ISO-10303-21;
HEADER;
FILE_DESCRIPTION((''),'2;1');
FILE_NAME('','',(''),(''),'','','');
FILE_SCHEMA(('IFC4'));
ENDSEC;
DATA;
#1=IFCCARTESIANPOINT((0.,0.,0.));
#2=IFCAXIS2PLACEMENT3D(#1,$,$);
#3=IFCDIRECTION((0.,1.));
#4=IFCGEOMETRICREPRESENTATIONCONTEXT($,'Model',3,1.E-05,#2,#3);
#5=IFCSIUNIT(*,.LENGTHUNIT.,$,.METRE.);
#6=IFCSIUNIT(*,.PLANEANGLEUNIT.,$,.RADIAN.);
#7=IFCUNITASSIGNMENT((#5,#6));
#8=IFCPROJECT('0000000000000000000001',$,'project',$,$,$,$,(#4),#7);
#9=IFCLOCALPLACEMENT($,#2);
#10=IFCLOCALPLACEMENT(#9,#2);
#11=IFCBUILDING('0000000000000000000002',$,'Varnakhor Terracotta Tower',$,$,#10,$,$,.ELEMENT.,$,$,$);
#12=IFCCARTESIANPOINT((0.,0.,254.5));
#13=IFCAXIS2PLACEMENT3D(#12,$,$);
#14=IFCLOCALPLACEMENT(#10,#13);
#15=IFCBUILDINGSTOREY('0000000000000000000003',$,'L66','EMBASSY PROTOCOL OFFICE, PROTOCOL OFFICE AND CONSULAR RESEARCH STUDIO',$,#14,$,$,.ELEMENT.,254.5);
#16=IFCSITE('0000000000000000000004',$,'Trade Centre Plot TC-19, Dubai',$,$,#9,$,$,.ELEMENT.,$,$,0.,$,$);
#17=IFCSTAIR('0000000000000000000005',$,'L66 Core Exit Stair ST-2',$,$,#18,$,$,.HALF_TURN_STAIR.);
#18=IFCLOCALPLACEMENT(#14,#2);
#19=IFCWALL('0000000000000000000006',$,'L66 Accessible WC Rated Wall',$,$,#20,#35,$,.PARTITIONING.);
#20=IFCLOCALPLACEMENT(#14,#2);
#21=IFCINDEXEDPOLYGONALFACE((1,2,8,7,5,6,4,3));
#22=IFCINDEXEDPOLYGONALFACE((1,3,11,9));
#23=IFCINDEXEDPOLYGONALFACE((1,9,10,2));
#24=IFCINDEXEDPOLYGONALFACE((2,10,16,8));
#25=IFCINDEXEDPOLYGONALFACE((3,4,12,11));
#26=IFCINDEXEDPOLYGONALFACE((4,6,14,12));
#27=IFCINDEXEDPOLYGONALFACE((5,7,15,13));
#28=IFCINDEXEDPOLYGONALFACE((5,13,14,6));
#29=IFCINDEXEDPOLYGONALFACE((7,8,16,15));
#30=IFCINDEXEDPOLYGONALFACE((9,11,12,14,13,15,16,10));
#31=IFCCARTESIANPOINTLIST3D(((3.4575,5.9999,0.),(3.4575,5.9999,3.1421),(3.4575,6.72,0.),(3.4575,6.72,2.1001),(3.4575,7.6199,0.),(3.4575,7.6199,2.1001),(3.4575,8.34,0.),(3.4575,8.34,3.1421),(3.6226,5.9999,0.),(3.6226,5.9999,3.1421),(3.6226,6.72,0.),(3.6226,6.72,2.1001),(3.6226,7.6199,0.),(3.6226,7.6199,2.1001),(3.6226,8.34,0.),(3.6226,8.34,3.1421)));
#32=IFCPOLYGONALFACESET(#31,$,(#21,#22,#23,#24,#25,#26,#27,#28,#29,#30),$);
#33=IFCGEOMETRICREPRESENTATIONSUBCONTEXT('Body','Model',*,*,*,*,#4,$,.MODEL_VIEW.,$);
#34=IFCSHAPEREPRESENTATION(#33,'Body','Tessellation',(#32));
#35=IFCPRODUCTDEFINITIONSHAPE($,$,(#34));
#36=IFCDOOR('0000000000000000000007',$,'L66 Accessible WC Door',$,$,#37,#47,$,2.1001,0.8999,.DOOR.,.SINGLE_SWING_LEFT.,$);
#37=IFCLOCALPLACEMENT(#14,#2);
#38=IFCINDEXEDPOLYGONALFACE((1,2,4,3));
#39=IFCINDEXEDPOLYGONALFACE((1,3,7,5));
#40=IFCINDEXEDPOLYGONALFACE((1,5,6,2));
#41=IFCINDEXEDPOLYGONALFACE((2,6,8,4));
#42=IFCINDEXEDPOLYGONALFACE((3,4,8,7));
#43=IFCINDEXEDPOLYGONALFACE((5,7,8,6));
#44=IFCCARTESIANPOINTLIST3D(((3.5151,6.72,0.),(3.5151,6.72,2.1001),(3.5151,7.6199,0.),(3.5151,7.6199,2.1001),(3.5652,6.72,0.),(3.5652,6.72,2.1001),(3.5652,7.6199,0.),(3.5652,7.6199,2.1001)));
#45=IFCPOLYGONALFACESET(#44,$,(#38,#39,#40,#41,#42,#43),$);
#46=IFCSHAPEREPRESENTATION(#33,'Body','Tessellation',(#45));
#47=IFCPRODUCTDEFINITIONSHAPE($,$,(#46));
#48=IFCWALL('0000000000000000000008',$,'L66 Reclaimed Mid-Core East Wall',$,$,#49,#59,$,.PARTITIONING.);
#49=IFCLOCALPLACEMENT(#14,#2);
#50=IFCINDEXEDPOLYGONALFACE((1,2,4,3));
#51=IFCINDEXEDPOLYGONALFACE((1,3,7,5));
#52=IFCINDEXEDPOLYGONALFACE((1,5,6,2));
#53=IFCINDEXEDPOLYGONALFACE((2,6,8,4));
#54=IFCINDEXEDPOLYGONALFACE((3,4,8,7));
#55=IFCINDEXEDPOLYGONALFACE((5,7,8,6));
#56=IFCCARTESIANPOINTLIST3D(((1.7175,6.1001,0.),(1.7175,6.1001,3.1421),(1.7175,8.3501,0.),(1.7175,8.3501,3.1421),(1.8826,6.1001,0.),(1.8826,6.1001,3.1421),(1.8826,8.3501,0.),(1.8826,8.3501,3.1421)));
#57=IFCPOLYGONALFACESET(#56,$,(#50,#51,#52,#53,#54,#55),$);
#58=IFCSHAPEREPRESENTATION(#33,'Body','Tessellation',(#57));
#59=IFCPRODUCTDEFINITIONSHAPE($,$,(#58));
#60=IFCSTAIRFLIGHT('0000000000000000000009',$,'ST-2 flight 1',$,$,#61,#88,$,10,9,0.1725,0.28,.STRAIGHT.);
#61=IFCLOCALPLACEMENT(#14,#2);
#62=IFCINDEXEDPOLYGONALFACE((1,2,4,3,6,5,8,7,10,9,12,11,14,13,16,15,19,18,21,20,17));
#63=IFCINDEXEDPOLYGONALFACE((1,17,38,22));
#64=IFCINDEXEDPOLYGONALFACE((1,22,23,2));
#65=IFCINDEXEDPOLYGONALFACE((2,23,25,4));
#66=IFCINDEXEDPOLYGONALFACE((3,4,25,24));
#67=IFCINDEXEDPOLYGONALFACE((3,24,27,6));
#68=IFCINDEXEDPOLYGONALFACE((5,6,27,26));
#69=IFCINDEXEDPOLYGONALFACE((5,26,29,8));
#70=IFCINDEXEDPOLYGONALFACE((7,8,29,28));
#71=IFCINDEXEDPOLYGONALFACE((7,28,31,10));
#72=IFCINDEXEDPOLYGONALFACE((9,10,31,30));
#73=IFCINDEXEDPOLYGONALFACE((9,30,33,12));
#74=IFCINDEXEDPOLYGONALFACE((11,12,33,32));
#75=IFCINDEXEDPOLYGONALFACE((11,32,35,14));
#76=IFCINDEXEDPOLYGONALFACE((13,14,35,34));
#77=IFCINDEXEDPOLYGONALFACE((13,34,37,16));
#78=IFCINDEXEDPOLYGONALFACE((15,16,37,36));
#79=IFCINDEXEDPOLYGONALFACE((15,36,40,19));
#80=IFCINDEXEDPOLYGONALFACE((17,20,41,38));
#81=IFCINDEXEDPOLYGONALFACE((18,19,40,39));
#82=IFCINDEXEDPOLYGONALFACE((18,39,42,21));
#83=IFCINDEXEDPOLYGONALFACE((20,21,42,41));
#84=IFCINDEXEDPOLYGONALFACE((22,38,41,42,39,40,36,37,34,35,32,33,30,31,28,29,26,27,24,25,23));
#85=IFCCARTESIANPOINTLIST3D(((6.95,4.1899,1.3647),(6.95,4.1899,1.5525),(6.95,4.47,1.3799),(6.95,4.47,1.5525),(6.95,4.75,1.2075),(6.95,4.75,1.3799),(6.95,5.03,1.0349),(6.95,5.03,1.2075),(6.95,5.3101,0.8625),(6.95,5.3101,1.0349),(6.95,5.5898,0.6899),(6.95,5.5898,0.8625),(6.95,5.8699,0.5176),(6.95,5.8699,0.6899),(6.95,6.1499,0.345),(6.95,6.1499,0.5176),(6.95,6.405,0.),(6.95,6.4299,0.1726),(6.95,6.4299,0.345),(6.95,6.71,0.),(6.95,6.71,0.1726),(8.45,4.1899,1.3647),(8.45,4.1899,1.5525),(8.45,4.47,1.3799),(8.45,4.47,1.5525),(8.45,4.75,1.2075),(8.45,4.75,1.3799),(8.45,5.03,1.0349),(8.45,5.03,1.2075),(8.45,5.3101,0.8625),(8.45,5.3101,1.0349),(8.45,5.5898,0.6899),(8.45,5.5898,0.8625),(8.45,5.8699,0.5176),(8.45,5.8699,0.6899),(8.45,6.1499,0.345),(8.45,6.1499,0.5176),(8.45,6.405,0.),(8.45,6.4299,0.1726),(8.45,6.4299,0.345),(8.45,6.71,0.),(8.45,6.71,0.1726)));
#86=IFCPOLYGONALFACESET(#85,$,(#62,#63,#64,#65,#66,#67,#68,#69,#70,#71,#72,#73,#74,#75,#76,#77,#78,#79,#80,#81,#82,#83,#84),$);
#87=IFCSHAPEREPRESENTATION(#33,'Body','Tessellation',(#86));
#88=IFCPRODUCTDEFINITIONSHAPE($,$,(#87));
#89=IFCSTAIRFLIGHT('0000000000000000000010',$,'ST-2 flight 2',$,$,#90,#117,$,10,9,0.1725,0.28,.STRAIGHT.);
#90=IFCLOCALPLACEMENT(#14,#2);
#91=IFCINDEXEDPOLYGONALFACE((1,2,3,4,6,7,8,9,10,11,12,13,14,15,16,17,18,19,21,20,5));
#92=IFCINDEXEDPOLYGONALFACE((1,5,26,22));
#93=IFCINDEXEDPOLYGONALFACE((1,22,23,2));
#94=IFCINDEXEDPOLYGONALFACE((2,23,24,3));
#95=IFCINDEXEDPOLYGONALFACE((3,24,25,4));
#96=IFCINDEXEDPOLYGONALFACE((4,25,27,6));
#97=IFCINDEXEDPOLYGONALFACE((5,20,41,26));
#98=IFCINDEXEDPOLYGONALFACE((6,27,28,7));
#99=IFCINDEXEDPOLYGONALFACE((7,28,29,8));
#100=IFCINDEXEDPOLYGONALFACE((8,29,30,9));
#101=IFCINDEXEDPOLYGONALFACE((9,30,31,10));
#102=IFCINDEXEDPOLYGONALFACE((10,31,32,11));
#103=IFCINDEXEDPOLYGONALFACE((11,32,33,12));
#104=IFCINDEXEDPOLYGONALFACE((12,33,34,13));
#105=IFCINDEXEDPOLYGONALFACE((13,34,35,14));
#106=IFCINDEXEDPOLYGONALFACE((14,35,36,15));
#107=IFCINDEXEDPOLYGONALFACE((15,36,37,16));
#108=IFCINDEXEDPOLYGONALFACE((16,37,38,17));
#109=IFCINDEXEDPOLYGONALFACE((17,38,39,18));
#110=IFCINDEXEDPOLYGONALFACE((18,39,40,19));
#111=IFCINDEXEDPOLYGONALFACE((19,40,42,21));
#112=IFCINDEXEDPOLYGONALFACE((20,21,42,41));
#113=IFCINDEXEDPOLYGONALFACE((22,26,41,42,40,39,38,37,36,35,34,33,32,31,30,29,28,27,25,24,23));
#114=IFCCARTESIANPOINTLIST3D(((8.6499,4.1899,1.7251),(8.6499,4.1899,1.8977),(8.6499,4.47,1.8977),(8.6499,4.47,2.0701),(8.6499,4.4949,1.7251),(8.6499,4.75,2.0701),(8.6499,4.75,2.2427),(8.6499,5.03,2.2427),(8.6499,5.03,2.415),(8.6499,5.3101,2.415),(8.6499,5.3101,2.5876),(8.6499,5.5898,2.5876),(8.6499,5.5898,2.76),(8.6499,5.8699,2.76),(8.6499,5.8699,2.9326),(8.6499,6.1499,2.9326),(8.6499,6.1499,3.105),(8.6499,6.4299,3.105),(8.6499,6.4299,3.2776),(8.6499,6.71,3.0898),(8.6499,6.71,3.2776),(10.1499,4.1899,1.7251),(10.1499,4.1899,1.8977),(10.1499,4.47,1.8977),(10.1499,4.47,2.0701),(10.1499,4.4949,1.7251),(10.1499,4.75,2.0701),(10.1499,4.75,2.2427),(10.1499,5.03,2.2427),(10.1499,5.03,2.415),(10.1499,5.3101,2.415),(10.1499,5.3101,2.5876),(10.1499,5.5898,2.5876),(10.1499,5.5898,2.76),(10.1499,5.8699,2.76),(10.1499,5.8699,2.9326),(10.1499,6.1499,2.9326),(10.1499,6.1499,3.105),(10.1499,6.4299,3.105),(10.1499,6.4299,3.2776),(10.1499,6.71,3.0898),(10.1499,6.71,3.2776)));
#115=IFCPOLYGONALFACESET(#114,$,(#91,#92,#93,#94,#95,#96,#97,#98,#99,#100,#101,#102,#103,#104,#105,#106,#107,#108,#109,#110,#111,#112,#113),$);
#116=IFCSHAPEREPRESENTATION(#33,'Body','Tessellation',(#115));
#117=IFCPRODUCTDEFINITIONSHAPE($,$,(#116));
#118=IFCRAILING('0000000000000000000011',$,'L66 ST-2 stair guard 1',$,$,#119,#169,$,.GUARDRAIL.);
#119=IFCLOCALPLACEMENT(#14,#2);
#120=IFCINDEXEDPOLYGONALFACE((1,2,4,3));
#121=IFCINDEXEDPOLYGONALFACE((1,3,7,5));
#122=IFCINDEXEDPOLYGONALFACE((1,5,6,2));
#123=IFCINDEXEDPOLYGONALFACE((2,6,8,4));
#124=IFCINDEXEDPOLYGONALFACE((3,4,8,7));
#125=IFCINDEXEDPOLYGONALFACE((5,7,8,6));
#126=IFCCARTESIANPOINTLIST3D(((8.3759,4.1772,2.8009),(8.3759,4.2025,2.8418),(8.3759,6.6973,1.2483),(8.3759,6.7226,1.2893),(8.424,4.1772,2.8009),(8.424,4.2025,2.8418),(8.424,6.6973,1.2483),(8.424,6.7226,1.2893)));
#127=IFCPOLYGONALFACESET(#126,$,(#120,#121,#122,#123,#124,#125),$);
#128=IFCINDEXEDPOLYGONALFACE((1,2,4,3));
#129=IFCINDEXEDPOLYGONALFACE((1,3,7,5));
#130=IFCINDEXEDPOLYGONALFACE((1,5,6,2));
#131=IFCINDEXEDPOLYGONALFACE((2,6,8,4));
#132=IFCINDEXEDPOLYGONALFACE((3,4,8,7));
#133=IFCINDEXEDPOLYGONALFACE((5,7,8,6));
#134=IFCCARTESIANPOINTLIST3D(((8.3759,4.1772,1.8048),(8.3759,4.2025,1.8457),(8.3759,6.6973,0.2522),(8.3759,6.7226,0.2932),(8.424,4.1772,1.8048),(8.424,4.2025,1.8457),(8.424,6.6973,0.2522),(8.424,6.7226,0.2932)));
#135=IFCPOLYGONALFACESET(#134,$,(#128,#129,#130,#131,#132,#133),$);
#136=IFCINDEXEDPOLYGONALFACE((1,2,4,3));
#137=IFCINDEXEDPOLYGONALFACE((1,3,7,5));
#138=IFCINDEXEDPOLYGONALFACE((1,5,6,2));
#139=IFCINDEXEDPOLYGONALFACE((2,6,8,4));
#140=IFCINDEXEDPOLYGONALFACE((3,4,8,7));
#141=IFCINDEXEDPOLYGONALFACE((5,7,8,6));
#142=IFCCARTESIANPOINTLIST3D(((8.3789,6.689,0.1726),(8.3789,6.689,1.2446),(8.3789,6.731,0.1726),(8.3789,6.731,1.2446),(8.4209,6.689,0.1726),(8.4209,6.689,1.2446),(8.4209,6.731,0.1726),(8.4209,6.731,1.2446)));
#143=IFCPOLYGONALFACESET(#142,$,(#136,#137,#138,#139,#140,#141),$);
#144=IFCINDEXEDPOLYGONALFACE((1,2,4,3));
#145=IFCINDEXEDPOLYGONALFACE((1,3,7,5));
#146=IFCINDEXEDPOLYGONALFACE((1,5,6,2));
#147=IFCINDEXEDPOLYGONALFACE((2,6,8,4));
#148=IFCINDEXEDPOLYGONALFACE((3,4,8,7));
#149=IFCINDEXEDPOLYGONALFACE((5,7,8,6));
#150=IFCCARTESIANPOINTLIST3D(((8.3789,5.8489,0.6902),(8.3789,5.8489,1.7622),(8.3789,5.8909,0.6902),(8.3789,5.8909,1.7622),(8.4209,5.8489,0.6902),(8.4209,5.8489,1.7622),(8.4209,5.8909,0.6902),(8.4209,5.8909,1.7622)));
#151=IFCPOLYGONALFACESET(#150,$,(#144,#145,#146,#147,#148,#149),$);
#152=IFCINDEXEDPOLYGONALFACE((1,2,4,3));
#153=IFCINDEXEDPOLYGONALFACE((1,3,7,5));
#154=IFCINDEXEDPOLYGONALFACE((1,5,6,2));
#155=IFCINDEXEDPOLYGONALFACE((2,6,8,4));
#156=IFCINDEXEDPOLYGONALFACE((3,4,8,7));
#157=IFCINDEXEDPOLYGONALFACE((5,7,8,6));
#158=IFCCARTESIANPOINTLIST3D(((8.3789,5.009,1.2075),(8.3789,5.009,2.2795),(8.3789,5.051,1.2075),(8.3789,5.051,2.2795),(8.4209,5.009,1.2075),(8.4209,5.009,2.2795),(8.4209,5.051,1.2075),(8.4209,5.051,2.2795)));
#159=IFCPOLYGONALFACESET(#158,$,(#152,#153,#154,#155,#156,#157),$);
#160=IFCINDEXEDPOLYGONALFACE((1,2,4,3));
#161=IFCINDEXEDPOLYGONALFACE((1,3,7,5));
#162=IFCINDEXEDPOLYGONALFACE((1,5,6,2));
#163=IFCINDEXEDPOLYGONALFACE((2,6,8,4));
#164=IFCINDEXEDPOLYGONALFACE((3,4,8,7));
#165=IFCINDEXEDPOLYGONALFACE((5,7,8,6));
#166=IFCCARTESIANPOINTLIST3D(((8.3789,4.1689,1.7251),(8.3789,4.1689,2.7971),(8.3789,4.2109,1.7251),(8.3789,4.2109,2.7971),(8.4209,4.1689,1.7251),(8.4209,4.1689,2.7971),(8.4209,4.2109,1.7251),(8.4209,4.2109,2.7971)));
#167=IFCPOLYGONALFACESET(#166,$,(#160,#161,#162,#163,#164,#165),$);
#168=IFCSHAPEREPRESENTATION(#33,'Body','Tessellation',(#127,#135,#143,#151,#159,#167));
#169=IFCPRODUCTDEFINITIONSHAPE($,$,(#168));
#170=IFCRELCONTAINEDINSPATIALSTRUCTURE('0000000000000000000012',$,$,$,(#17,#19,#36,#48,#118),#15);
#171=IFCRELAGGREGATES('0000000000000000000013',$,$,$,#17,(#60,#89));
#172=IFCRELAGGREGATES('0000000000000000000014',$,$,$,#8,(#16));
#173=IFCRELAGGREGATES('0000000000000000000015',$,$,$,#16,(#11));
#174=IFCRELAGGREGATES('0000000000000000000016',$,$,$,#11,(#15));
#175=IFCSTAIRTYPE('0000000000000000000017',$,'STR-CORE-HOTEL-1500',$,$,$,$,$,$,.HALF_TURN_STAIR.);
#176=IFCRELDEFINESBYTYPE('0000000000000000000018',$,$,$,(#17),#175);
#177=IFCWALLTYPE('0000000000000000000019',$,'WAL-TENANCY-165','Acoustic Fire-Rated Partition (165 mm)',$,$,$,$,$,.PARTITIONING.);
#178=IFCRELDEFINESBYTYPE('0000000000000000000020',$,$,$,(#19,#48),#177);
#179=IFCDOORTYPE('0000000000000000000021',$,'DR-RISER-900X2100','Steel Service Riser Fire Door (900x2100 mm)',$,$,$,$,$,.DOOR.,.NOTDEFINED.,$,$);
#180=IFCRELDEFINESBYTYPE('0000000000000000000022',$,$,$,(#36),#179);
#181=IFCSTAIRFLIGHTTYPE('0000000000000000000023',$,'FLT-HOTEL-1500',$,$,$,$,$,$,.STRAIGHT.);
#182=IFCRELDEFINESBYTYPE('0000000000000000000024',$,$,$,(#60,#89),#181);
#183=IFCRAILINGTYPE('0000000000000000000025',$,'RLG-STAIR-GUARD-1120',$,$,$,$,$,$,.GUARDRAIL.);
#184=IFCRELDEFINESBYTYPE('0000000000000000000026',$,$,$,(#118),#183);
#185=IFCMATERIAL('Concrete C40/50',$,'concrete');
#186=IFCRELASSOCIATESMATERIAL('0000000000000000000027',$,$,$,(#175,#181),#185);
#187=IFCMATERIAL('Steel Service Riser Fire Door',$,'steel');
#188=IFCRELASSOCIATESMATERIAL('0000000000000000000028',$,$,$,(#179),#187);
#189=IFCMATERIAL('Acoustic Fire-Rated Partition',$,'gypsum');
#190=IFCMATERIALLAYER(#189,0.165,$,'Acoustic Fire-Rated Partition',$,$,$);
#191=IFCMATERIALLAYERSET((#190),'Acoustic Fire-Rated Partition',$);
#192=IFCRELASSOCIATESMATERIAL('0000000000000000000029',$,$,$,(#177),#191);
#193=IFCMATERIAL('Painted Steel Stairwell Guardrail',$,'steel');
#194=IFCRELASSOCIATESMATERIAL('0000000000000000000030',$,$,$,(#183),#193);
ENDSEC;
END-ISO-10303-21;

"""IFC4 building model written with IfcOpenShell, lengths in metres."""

from ifc_helpers import new_model, si_unit, direction, frame, frame_2d, origin, origin_2d, place, context, subcontext, project, spatial, polyline, rectangle, outline, extrude, source, transform, mapped, material, layer, layer_set, type_object, type_shapes, element, fill, aggregate, save


model = new_model("IFC4")

# Units and contexts
model_context = context("Model", 3, precision=1e-05, world=origin(), true_north=direction((0.0, 1.0)))
body_context = subcontext(model_context, "Body", "Model", "MODEL_VIEW")
ifc_project = project(units=[si_unit("LENGTHUNIT", "METRE"), si_unit("PLANEANGLEUNIT", "RADIAN")], contexts=[model_context])

# Site, building, storey
site_placement = place(None, origin())
site = spatial("IfcSite", under=ifc_project, at=site_placement, Name="Trade Centre Plot TC-19, Dubai", CompositionType="ELEMENT", RefElevation=0.0)
building_placement = place(site_placement, origin())
building = spatial("IfcBuilding", under=site, at=building_placement, Name="Varnakhor Terracotta Tower", CompositionType="ELEMENT")
storey_placement = place(building_placement, frame((0.0, 0.0, 254.5)))
storey = spatial("IfcBuildingStorey", under=building, at=storey_placement, Name="L66", Description="EMBASSY PROTOCOL OFFICE, PROTOCOL OFFICE AND CONSULAR RESEARCH STUDIO", CompositionType="ELEMENT", Elevation=254.5)

# Shared definitions
ifc_material_1 = material(Name="Concrete C40/50", Category="concrete")

# Stair
stair_type = type_object("IfcStairType", Name="STR-CORE-HOTEL-1500", PredefinedType="HALF_TURN_STAIR", material=ifc_material_1)
stair_1_placement = place(storey_placement, origin())
stair_1 = element("IfcStair", 1, at=stair_1_placement, inside=storey, type_object=stair_type, Name="L66 Core Exit Stair ST-2", PredefinedType="HALF_TURN_STAIR")

# Shared definitions
ifc_material_2 = material(Name="Acoustic Fire-Rated Partition", Category="gypsum")

# Wall, opening, door
ifc_material_3 = material(Name="Steel Service Riser Fire Door", Category="steel")
door_type_1 = type_object("IfcDoorType", Name="DR-RISER-900X2100", Description="Steel Service Riser Fire Door (900x2100 mm)", OperationType="NOTDEFINED", PredefinedType="DOOR", material=ifc_material_3)
shared_shape_1 = source(origin(), body_context, "Body", "SweptSolid", [
    extrude(rectangle(XDim=0.8999, YDim=2.1001, at=frame_2d((0.45, 1.05))), frame((0.0, 0.0249, 0.0), z_axis=(0.0, -1.0, 0.0), x_axis=(1.0, 0.0, 0.0)), (0.0, 0.0, 1.0), 0.05),
])
type_shapes(door_type_1, [shared_shape_1])
ifc_layer_1 = layer(ifc_material_2, 0.165, Name="Acoustic Fire-Rated Partition")
ifc_layer_set_1 = layer_set([ifc_layer_1], Name="Acoustic Fire-Rated Partition")
wall_type_1 = type_object("IfcWallType", Name="WAL-TENANCY-165", Description="Acoustic Fire-Rated Partition (165 mm)", PredefinedType="PARTITIONING", material=ifc_layer_set_1)
wall_1_placement = place(storey_placement, frame((3.54, 6.0, 0.0), z_axis=(0.0, 0.0, 1.0), x_axis=(0.0, 1.0, 0.0)))
wall_1 = element("IfcWall", 2, at=wall_1_placement, inside=storey, type_object=wall_type_1, Name="L66 Accessible WC Rated Wall", PredefinedType="PARTITIONING", context=body_context, shape_type="SweptSolid", body=[
    extrude(rectangle(XDim=2.3401, YDim=0.165, at=frame_2d((1.1699, 0.0))), origin(), (0.0, 0.0, 1.0), 3.1421),
])
opening_1_placement = place(wall_1_placement, frame((0.72, 0.0, 0.0)))
opening_1 = element("IfcOpeningElement", 3, at=opening_1_placement, cuts=wall_1, PredefinedType="OPENING", context=body_context, shape_type="SweptSolid", body=[
    extrude(rectangle(XDim=0.8999, YDim=2.1001, at=frame_2d((0.45, 1.05))), frame((0.0, 0.0925, 0.0), z_axis=(0.0, -1.0, 0.0), x_axis=(1.0, 0.0, 0.0)), (0.0, 0.0, 1.0), 0.1851),
])
door_1_placement = place(opening_1_placement, origin())
door_1 = element("IfcDoor", 4, at=door_1_placement, inside=storey, type_object=door_type_1, Name="L66 Accessible WC Door", OperationType="SINGLE_SWING_LEFT", OverallHeight=2.1001, OverallWidth=0.8999, PredefinedType="DOOR", context=body_context, shape_type="MappedRepresentation", body=[
    mapped(shared_shape_1, transform((0.0, 0.0, 0.0), scale=1.0)),
])
fill(opening_1, door_1)

# Wall
wall_2_placement = place(storey_placement, frame((1.8, 6.1001, 0.0), z_axis=(0.0, 0.0, 1.0), x_axis=(0.0, 1.0, 0.0)))
element("IfcWall", 5, at=wall_2_placement, inside=storey, type_object=wall_type_1, Name="L66 Reclaimed Mid-Core East Wall", PredefinedType="PARTITIONING", context=body_context, shape_type="SweptSolid", body=[
    extrude(rectangle(XDim=2.25, YDim=0.165, at=frame_2d((1.125, 0.0))), origin(), (0.0, 0.0, 1.0), 3.1421),
])

# Stair flights
stair_flight_type = type_object("IfcStairFlightType", Name="FLT-HOTEL-1500", PredefinedType="STRAIGHT", material=ifc_material_1)
stair_flight_1_placement = place(storey_placement, frame((7.7, 6.71, 0.0), z_axis=(0.0, 0.0, 1.0), x_axis=(0.0, -1.0, 0.0)))
stair_flight_1 = element("IfcStairFlight", 6, at=stair_flight_1_placement, type_object=stair_flight_type, Name="ST-2 flight 1", NumberOfRisers=10, NumberOfTreads=9, PredefinedType="STRAIGHT", RiserHeight=0.1725, TreadLength=0.28, context=body_context, shape_type="SweptSolid", body=[
    extrude(outline(polyline([(0.0, 0.0), (0.0, 0.1726), (0.28, 0.1726), (0.28, 0.345), (0.5601, 0.345), (0.5601, 0.5176), (0.8401, 0.5176), (0.8401, 0.6899), (1.1201, 0.6899), (1.1201, 0.8625), (1.3999, 0.8625), (1.3999, 1.0349), (1.6799, 1.0349), (1.6799, 1.2075), (1.96, 1.2075), (1.96, 1.3799), (2.24, 1.3799), (2.24, 1.5525), (2.52, 1.5525), (2.52, 1.7251), (2.52, 1.3647), (0.3049, 0.0), (0.0, 0.0)])), frame((0.0, 0.75, 0.0), z_axis=(0.0, -1.0, 0.0), x_axis=(1.0, 0.0, 0.0)), (0.0, 0.0, 1.0), 1.5),
])
stair_flight_2_placement = place(storey_placement, frame((9.3999, 4.1899, 1.7251), z_axis=(0.0, 0.0, 1.0), x_axis=(0.0, 1.0, 0.0)))
stair_flight_2 = element("IfcStairFlight", 7, at=stair_flight_2_placement, type_object=stair_flight_type, Name="ST-2 flight 2", NumberOfRisers=10, NumberOfTreads=9, PredefinedType="STRAIGHT", RiserHeight=0.1725, TreadLength=0.28, context=body_context, shape_type="SweptSolid", body=[
    extrude(outline(polyline([(0.0, 0.0), (0.0, 0.1726), (0.28, 0.1726), (0.28, 0.345), (0.5601, 0.345), (0.5601, 0.5176), (0.8401, 0.5176), (0.8401, 0.6899), (1.1201, 0.6899), (1.1201, 0.8625), (1.3999, 0.8625), (1.3999, 1.0349), (1.6799, 1.0349), (1.6799, 1.2075), (1.96, 1.2075), (1.96, 1.3799), (2.24, 1.3799), (2.24, 1.5525), (2.52, 1.5525), (2.52, 1.7251), (2.52, 1.3647), (0.3049, 0.0), (0.0, 0.0)])), frame((0.0, 0.75, 0.0), z_axis=(0.0, -1.0, 0.0), x_axis=(1.0, 0.0, 0.0)), (0.0, 0.0, 1.0), 1.5),
])
aggregate(stair_1, [stair_flight_1, stair_flight_2])

# Railing
ifc_material_4 = material(Name="Painted Steel Stairwell Guardrail", Category="steel")
railing_type_1 = type_object("IfcRailingType", Name="RLG-STAIR-GUARD-1120", PredefinedType="GUARDRAIL", material=ifc_material_4)
railing_1_placement = place(storey_placement, frame((8.3999, 6.71, 0.1726)))
element("IfcRailing", 8, at=railing_1_placement, inside=storey, type_object=railing_type_1, Name="L66 ST-2 stair guard 1", PredefinedType="GUARDRAIL", context=body_context, shape_type="SweptSolid", body=[
    extrude(rectangle(XDim=0.0481, YDim=0.0481, at=origin_2d()), frame((0.0, 0.0, 1.0962), z_axis=(0.0, -0.8514, 0.524516), x_axis=(1.0, 0.0, 0.0)), (0.0, 0.0, 1.0), 2.96),
    extrude(rectangle(XDim=0.0481, YDim=0.0481, at=origin_2d()), frame((0.0, 0.0, 0.1001), z_axis=(0.0, -0.8514, 0.524516), x_axis=(1.0, 0.0, 0.0)), (0.0, 0.0, 1.0), 2.96),
    extrude(rectangle(XDim=0.042, YDim=0.042, at=origin_2d()), origin(), (0.0, 0.0, 1.0), 1.072),
    extrude(rectangle(XDim=0.042, YDim=0.042, at=origin_2d()), frame((0.0, -0.8401, 0.5176)), (0.0, 0.0, 1.0), 1.072),
    extrude(rectangle(XDim=0.042, YDim=0.042, at=origin_2d()), frame((0.0, -1.6799, 1.0349)), (0.0, 0.0, 1.0), 1.072),
    extrude(rectangle(XDim=0.042, YDim=0.042, at=origin_2d()), frame((0.0, -2.52, 1.5525)), (0.0, 0.0, 1.0), 1.072),
])

save(model, "model.ifc")
